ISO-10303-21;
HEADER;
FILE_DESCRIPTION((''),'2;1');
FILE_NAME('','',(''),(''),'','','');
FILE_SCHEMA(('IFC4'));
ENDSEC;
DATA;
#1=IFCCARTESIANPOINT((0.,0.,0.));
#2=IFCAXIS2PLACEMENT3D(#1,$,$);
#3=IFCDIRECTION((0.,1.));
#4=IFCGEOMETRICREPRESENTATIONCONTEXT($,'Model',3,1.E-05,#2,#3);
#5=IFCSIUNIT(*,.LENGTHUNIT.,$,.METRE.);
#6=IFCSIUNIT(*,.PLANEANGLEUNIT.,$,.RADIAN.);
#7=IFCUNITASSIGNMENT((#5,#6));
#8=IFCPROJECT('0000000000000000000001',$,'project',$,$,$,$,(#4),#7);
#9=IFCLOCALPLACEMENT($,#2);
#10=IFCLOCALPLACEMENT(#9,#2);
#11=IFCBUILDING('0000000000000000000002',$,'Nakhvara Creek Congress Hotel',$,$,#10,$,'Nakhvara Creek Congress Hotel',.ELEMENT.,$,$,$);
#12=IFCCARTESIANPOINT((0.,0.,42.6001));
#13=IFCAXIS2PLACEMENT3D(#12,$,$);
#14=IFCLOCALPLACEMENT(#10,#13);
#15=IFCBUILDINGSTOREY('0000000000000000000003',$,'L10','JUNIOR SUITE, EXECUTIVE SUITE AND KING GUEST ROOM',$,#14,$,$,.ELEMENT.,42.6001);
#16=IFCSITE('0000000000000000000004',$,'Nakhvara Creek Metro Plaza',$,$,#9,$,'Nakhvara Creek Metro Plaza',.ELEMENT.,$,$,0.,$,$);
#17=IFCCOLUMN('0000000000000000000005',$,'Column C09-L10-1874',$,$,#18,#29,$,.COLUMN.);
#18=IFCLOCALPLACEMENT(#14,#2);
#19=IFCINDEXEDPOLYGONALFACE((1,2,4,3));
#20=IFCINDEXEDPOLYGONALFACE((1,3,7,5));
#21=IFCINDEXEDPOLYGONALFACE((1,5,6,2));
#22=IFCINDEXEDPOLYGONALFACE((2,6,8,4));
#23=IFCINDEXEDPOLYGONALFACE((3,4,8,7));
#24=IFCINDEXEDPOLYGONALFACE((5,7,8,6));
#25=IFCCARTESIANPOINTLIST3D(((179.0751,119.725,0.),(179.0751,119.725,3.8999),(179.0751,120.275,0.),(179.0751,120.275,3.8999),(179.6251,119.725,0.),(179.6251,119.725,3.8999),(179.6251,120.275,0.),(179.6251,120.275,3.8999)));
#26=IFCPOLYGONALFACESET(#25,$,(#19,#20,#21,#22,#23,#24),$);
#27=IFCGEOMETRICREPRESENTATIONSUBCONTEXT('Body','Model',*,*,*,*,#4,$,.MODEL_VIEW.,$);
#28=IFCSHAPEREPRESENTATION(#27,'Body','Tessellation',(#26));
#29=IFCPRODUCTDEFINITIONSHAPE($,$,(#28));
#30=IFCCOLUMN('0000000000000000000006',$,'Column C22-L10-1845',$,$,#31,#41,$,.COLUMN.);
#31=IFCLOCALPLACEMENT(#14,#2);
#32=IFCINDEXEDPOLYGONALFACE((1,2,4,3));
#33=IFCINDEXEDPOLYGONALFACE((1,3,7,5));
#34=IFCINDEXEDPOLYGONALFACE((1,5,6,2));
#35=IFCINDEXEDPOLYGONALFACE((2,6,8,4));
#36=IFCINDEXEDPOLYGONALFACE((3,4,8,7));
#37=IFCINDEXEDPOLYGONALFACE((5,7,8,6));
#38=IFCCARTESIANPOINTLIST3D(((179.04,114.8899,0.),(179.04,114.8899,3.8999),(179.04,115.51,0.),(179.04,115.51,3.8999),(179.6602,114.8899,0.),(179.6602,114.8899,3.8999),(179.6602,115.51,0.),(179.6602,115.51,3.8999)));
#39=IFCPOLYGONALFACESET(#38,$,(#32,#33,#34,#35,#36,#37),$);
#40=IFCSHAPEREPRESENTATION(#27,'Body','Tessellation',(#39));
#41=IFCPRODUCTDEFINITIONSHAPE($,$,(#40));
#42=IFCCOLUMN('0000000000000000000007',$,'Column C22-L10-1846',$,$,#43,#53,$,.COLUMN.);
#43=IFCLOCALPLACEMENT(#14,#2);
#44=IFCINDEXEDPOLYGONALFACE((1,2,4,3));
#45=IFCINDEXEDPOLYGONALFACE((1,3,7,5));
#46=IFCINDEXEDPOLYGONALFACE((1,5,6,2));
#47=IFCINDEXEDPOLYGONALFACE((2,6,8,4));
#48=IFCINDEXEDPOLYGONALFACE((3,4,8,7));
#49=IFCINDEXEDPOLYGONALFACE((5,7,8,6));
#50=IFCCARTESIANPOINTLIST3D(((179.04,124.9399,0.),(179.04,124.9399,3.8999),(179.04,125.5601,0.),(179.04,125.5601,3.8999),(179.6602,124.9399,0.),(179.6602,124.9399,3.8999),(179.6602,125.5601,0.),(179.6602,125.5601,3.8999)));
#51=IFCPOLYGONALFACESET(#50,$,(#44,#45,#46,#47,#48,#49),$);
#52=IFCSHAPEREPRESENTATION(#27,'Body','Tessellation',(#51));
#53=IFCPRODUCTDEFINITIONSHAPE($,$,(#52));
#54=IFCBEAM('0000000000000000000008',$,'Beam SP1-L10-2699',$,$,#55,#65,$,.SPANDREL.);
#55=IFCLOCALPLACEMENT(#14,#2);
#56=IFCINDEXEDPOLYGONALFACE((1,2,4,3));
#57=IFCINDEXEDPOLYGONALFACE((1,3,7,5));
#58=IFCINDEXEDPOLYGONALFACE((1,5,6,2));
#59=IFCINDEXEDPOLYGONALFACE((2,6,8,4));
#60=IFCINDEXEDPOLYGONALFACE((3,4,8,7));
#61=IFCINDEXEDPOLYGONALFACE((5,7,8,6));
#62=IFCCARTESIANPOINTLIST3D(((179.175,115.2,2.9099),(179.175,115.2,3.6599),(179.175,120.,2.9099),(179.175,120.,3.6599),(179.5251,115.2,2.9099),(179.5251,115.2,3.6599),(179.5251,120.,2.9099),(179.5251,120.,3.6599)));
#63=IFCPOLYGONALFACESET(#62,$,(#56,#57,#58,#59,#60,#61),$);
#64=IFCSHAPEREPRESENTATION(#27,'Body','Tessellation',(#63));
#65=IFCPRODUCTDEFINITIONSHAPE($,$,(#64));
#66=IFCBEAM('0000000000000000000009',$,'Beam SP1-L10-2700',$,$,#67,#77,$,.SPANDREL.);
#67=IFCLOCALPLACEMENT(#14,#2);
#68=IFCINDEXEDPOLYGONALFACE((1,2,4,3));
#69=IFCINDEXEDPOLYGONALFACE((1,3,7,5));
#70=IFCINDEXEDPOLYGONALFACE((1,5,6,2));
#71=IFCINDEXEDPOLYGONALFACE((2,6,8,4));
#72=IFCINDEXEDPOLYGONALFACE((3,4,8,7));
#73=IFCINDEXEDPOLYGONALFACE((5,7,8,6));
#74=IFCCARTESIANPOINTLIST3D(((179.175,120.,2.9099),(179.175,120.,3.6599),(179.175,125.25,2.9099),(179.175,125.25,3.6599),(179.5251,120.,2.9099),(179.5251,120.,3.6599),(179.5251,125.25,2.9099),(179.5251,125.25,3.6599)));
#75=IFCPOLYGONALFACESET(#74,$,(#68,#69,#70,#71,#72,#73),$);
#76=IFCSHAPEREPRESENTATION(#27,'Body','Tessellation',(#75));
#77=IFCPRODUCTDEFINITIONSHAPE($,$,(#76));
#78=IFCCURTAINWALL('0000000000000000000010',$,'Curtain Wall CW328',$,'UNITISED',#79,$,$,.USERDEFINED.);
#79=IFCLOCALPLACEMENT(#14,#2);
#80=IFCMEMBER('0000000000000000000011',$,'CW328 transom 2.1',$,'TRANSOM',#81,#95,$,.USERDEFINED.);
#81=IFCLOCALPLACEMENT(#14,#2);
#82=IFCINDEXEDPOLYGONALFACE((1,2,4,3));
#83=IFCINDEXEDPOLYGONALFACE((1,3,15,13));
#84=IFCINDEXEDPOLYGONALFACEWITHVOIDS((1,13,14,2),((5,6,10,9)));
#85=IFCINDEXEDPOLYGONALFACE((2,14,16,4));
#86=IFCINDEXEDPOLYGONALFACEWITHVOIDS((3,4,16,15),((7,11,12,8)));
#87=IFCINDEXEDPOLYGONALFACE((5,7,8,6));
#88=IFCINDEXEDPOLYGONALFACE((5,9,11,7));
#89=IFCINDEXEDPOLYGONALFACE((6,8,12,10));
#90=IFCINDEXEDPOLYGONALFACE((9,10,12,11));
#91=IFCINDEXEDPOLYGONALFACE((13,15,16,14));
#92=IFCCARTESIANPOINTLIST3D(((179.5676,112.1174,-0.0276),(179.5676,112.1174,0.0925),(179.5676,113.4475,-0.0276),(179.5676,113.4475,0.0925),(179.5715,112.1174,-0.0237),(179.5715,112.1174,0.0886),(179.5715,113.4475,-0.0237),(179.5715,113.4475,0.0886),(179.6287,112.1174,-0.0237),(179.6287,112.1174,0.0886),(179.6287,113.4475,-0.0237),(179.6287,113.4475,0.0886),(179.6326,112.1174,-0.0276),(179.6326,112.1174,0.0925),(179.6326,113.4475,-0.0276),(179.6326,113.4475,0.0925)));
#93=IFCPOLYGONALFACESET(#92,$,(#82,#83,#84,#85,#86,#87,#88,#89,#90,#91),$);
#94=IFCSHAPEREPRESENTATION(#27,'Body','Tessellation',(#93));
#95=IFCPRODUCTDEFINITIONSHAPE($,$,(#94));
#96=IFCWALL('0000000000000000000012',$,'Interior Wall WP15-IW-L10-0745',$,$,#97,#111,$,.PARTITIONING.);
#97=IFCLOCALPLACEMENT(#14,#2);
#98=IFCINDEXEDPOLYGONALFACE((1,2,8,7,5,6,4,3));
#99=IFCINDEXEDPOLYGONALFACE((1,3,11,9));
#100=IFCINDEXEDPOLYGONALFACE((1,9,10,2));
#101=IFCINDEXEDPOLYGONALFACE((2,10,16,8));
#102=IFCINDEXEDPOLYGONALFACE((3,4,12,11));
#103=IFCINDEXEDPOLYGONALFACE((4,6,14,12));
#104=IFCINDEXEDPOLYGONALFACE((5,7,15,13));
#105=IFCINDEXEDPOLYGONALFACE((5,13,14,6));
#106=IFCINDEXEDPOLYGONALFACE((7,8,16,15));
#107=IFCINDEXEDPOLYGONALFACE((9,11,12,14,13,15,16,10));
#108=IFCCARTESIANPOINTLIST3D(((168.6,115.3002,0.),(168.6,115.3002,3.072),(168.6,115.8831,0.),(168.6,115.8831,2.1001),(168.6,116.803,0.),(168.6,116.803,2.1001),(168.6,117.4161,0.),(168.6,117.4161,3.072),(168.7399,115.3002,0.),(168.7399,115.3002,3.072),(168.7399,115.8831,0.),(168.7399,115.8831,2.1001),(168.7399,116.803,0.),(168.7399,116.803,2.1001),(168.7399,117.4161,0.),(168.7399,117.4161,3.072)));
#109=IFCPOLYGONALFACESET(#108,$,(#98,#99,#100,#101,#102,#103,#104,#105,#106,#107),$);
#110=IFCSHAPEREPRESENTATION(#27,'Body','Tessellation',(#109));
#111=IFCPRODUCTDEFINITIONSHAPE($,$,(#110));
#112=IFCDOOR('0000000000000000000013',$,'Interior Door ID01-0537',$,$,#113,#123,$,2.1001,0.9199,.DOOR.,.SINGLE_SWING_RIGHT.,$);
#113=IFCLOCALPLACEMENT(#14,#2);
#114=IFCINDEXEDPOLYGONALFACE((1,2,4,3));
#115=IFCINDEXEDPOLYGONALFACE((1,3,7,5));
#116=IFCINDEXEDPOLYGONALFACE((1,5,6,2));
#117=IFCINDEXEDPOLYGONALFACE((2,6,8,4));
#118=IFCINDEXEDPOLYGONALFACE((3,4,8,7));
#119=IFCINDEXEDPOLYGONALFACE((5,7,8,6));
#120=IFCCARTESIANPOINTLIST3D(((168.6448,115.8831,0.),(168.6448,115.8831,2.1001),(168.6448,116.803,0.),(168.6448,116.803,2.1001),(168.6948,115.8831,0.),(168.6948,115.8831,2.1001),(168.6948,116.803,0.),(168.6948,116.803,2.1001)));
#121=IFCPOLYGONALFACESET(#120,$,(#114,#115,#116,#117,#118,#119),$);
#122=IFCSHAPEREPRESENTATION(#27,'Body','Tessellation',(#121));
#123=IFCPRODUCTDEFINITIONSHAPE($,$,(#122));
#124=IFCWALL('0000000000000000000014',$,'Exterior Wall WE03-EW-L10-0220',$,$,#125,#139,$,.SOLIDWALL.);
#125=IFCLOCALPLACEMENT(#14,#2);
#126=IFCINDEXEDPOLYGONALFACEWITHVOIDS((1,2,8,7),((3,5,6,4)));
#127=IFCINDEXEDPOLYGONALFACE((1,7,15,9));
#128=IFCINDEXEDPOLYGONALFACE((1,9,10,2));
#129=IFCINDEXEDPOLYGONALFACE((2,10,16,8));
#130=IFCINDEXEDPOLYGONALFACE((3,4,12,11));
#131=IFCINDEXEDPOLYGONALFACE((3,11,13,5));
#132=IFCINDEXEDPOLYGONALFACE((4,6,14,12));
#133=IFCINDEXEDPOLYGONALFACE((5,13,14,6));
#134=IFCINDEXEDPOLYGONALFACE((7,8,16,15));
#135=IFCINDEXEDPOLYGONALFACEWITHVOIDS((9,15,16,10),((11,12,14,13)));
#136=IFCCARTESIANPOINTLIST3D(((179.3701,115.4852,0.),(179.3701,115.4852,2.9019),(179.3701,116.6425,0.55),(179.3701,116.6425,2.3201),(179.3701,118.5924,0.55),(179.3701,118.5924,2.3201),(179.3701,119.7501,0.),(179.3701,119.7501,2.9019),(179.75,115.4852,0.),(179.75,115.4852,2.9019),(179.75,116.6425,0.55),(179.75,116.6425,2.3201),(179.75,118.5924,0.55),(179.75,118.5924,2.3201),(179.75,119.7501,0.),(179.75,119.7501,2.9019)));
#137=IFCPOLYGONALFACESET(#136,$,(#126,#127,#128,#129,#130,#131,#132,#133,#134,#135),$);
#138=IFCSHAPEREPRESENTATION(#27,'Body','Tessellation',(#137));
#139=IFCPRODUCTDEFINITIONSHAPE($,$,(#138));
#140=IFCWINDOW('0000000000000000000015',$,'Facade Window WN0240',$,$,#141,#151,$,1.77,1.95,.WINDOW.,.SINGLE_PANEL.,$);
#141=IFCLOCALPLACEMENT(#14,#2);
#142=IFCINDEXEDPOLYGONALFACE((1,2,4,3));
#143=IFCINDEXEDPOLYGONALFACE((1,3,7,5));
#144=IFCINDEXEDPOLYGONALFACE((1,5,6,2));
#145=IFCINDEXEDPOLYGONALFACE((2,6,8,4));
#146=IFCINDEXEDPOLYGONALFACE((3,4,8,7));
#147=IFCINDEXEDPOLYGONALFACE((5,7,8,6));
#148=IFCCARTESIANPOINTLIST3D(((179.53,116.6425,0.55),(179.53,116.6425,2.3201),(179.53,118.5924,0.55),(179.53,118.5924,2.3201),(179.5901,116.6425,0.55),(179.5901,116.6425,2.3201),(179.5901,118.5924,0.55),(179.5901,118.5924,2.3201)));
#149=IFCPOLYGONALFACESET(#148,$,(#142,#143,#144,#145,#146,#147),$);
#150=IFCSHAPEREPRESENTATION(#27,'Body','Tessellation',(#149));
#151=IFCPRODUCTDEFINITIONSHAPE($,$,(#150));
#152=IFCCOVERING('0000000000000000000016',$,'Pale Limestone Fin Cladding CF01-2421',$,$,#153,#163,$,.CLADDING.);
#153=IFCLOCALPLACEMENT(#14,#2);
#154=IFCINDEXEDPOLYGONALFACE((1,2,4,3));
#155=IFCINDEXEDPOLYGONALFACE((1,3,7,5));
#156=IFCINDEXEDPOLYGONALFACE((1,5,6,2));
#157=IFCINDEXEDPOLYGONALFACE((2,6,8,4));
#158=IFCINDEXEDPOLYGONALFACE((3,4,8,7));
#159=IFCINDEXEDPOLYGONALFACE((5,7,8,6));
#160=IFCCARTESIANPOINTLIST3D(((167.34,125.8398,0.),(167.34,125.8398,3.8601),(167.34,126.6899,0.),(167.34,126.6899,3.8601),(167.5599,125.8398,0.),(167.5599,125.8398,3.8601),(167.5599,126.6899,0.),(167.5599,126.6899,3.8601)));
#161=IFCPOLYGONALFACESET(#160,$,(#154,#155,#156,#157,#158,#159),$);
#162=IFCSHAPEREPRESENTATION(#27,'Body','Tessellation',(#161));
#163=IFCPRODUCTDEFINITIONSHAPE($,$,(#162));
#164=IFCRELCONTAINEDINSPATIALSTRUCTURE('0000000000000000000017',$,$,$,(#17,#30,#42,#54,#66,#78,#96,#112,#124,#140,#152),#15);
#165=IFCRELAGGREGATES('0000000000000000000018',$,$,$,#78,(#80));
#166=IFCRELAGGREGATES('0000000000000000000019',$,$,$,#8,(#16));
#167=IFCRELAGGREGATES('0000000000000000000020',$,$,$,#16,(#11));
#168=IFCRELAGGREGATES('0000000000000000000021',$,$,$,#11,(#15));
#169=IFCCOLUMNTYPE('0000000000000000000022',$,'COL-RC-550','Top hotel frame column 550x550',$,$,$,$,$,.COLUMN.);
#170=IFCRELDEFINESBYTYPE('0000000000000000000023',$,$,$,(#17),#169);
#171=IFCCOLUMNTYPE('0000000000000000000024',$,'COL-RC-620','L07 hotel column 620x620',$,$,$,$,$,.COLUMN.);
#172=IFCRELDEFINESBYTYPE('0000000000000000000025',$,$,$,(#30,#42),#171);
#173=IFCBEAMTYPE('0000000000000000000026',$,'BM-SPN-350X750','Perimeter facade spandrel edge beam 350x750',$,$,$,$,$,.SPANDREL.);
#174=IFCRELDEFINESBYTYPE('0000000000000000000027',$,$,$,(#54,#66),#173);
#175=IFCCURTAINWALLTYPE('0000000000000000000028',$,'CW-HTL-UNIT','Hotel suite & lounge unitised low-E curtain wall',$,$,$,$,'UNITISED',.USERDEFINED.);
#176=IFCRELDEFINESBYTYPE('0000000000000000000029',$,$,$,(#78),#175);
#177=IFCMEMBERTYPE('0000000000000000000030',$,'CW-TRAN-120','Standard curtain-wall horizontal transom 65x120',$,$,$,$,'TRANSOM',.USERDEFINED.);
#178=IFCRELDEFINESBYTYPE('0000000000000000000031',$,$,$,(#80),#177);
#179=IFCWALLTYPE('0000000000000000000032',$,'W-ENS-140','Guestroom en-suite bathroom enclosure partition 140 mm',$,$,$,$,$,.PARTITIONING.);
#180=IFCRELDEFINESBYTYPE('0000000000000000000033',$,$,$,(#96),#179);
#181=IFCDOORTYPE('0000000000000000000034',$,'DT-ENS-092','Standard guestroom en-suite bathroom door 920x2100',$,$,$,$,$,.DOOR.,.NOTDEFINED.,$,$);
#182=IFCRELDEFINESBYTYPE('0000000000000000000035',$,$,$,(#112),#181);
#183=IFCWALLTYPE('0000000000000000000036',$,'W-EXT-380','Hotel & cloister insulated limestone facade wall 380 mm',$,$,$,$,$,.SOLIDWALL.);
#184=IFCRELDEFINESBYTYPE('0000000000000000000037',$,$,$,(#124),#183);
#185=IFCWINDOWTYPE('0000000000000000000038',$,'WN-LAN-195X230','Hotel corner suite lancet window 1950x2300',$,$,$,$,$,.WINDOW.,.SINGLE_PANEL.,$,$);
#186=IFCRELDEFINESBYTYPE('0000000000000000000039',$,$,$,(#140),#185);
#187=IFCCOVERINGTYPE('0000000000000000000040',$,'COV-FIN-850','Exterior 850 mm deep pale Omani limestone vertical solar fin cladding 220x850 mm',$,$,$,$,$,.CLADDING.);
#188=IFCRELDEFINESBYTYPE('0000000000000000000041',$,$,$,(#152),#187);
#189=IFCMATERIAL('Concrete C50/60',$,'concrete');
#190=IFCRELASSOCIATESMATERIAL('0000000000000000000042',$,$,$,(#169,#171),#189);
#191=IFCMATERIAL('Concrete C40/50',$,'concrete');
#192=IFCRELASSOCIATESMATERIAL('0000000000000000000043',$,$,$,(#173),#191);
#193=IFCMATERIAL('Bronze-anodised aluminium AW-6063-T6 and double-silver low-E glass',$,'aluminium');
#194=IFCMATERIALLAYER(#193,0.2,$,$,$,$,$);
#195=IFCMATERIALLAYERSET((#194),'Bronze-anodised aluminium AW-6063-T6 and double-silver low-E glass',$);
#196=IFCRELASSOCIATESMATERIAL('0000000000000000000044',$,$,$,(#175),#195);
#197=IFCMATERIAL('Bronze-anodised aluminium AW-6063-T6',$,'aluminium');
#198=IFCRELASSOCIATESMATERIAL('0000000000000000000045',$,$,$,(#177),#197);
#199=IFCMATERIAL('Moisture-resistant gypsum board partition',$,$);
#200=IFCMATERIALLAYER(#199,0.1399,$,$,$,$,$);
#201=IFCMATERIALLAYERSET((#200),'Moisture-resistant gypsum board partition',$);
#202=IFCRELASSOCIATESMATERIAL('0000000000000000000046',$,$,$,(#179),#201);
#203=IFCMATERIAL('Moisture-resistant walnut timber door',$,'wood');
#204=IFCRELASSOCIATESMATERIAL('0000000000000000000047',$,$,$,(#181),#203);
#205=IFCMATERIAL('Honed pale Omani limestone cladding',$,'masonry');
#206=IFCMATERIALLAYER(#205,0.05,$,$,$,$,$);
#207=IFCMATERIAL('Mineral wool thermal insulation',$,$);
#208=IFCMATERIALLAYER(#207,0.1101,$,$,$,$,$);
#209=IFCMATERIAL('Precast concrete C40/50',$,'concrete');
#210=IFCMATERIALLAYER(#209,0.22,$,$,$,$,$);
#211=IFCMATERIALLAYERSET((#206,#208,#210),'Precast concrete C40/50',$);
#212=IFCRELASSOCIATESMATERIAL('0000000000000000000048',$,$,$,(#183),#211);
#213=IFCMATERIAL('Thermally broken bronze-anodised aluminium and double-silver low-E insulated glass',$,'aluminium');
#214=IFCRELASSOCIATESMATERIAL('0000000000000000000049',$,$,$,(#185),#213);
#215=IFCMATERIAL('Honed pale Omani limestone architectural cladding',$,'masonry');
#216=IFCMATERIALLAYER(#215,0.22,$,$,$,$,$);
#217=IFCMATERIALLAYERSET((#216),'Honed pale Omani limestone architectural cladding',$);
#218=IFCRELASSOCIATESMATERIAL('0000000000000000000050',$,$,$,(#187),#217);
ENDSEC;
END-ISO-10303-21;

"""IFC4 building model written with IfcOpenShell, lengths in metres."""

from ifc_helpers import new_model, si_unit, direction, frame, frame_2d, origin, origin_2d, place, context, subcontext, project, spatial, rectangle, hollow_rectangle, extrude, material, layer, layer_set, material_profile, profile_set, type_object, element, fill, aggregate, save


model = new_model("IFC4")

# Units and contexts
model_context = context("Model", 3, precision=1e-05, world=origin(), true_north=direction((0.0, 1.0)))
body_context = subcontext(model_context, "Body", "Model", "MODEL_VIEW")
ifc_project = project(units=[si_unit("LENGTHUNIT", "METRE"), si_unit("PLANEANGLEUNIT", "RADIAN")], contexts=[model_context])

# Site, building, storey
site_placement = place(None, origin())
site = spatial("IfcSite", under=ifc_project, at=site_placement, Name="Nakhvara Creek Metro Plaza", LongName="Nakhvara Creek Metro Plaza", CompositionType="ELEMENT", RefElevation=0.0)
building_placement = place(site_placement, origin())
building = spatial("IfcBuilding", under=site, at=building_placement, Name="Nakhvara Creek Congress Hotel", LongName="Nakhvara Creek Congress Hotel", CompositionType="ELEMENT")
storey_placement = place(building_placement, frame((0.0, 0.0, 42.6001)))
storey = spatial("IfcBuildingStorey", under=building, at=storey_placement, Name="L10", Description="JUNIOR SUITE, EXECUTIVE SUITE AND KING GUEST ROOM", CompositionType="ELEMENT", Elevation=42.6001)

# Columns
ifc_material_1 = material(Name="Concrete C50/60", Category="concrete")
ifc_material_profile_1 = material_profile(ifc_material_1, rectangle(XDim=0.55, YDim=0.55, at=origin_2d()), Name="RC-COL 550x550", Category="LoadBearing")
ifc_profile_set_1 = profile_set([ifc_material_profile_1], Name="Concrete C50/60")
column_type_1 = type_object("IfcColumnType", Name="COL-RC-550", Description="Top hotel frame column 550x550", PredefinedType="COLUMN", material=ifc_profile_set_1)
column_placement = place(storey_placement, frame((179.3501, 120.0, 0.0), z_axis=(0.0, 0.0, 1.0), x_axis=(1.0, 0.0, 0.0)))
element("IfcColumn", 1, at=column_placement, inside=storey, type_object=column_type_1, Name="Column C09-L10-1874", PredefinedType="COLUMN", context=body_context, shape_type="SweptSolid", body=[
    extrude(rectangle(XDim=0.55, YDim=0.55, at=origin_2d()), origin(), (0.0, 0.0, 1.0), 3.8999),
])
ifc_material_profile_2 = material_profile(ifc_material_1, rectangle(XDim=0.6201, YDim=0.6201, at=origin_2d()), Name="RC-COL 620x620", Category="LoadBearing")
ifc_profile_set_2 = profile_set([ifc_material_profile_2], Name="Concrete C50/60")
column_type_2 = type_object("IfcColumnType", Name="COL-RC-620", Description="L07 hotel column 620x620", PredefinedType="COLUMN", material=ifc_profile_set_2)
for number, where, z_axis, x_axis, name in (
    (2, (179.3501, 115.2, 0.0), (0.0, 0.0, 1.0), (1.0, 0.0, 0.0), "Column C22-L10-1845"),
    (3, (179.3501, 125.25, 0.0), (0.0, 0.0, 1.0), (1.0, 0.0, 0.0), "Column C22-L10-1846"),
):
    element("IfcColumn", number, at=place(storey_placement, frame(where, z_axis=z_axis, x_axis=x_axis)), inside=storey, type_object=column_type_2, Name=name, PredefinedType="COLUMN", context=body_context, shape_type="SweptSolid", body=[
        extrude(rectangle(XDim=0.6201, YDim=0.6201, at=origin_2d()), origin(), (0.0, 0.0, 1.0), 3.8999),
    ])

# Beams
ifc_material_2 = material(Name="Concrete C40/50", Category="concrete")
ifc_material_profile_3 = material_profile(ifc_material_2, rectangle(XDim=0.3501, YDim=0.75, at=origin_2d()), Name="RC-SPANDREL 350x750", Category="LoadBearing")
ifc_profile_set_3 = profile_set([ifc_material_profile_3], Name="Concrete C40/50")
beam_type = type_object("IfcBeamType", Name="BM-SPN-350X750", Description="Perimeter facade spandrel edge beam 350x750", PredefinedType="SPANDREL", material=ifc_profile_set_3)
beam_1_placement = place(storey_placement, frame((179.3501, 115.2, 3.2849), z_axis=(0.0, 1.0, 0.0), x_axis=(-1.0, 0.0, 0.0)))
element("IfcBeam", 4, at=beam_1_placement, inside=storey, type_object=beam_type, Name="Beam SP1-L10-2699", PredefinedType="SPANDREL", context=body_context, shape_type="SweptSolid", body=[
    extrude(rectangle(XDim=0.3501, YDim=0.75, at=origin_2d()), origin(), (0.0, 0.0, 1.0), 4.8),
])
beam_2_placement = place(storey_placement, frame((179.3501, 120.0, 3.2849), z_axis=(0.0, 1.0, 0.0), x_axis=(-1.0, 0.0, 0.0)))
element("IfcBeam", 5, at=beam_2_placement, inside=storey, type_object=beam_type, Name="Beam SP1-L10-2700", PredefinedType="SPANDREL", context=body_context, shape_type="SweptSolid", body=[
    extrude(rectangle(XDim=0.3501, YDim=0.75, at=origin_2d()), origin(), (0.0, 0.0, 1.0), 5.25),
])

# Curtain wall, member
ifc_material_3 = material(Name="Bronze-anodised aluminium AW-6063-T6 and double-silver low-E glass", Category="aluminium")
ifc_layer_1 = layer(ifc_material_3, 0.2)
ifc_layer_set_1 = layer_set([ifc_layer_1], Name="Bronze-anodised aluminium AW-6063-T6 and double-silver low-E glass")
curtain_wall_type = type_object("IfcCurtainWallType", Name="CW-HTL-UNIT", Description="Hotel suite & lounge unitised low-E curtain wall", ElementType="UNITISED", PredefinedType="USERDEFINED", material=ifc_layer_set_1)
curtain_wall_placement = place(storey_placement, origin())
curtain_wall = element("IfcCurtainWall", 6, at=curtain_wall_placement, inside=storey, type_object=curtain_wall_type, Name="Curtain Wall CW328", ObjectType="UNITISED", PredefinedType="USERDEFINED")
ifc_material_4 = material(Name="Bronze-anodised aluminium AW-6063-T6", Category="aluminium")
ifc_material_profile_4 = material_profile(ifc_material_4, hollow_rectangle(XDim=0.0649, YDim=0.1201, WallThickness=0.0039, at=origin_2d()), Name="ALU-TRAN 65x120x4", Category="LoadBearing")
ifc_profile_set_4 = profile_set([ifc_material_profile_4], Name="Bronze-anodised aluminium AW-6063-T6")
member_type = type_object("IfcMemberType", Name="CW-TRAN-120", Description="Standard curtain-wall horizontal transom 65x120", ElementType="TRANSOM", PredefinedType="USERDEFINED", material=ifc_profile_set_4)
member_placement = place(storey_placement, frame((179.6001, 113.4475, 0.0325), z_axis=(0.0, -1.0, 0.0), x_axis=(1.0, 0.0, 0.0)))
member = element("IfcMember", 7, at=member_placement, type_object=member_type, Name="CW328 transom 2.1", ObjectType="TRANSOM", PredefinedType="USERDEFINED", context=body_context, shape_type="SweptSolid", body=[
    extrude(hollow_rectangle(XDim=0.0649, YDim=0.1201, WallThickness=0.0039, at=origin_2d()), origin(), (0.0, 0.0, 1.0), 1.3301),
])
aggregate(curtain_wall, [member])

# Wall, opening, door
ifc_material_5 = material(Name="Moisture-resistant gypsum board partition")
ifc_layer_2 = layer(ifc_material_5, 0.1399)
ifc_layer_set_2 = layer_set([ifc_layer_2], Name="Moisture-resistant gypsum board partition")
wall_type_1 = type_object("IfcWallType", Name="W-ENS-140", Description="Guestroom en-suite bathroom enclosure partition 140 mm", PredefinedType="PARTITIONING", material=ifc_layer_set_2)
wall_1_placement = place(storey_placement, frame((168.6699, 115.3, 0.0), z_axis=(0.0, 0.0, 1.0), x_axis=(0.0, 1.0, 0.0)))
wall_1 = element("IfcWall", 8, at=wall_1_placement, inside=storey, type_object=wall_type_1, Name="Interior Wall WP15-IW-L10-0745", PredefinedType="PARTITIONING", context=body_context, shape_type="SweptSolid", body=[
    extrude(rectangle(XDim=2.116, YDim=0.1399, at=frame_2d((1.0581, 0.0))), origin(), (0.0, 0.0, 1.0), 3.072),
])
opening_1_placement = place(wall_1_placement, frame((0.583, 0.0, 0.0)))
opening_1 = element("IfcOpeningElement", 9, at=opening_1_placement, cuts=wall_1, PredefinedType="OPENING", context=body_context, shape_type="SweptSolid", body=[
    extrude(rectangle(XDim=0.9199, YDim=2.1001, at=frame_2d((0.46, 1.05))), frame((0.0, 0.082, 0.0), z_axis=(0.0, -1.0, 0.0), x_axis=(1.0, 0.0, 0.0)), (0.0, 0.0, 1.0), 0.1638),
])
ifc_material_6 = material(Name="Moisture-resistant walnut timber door", Category="wood")
door_type_1 = type_object("IfcDoorType", Name="DT-ENS-092", Description="Standard guestroom en-suite bathroom door 920x2100", OperationType="NOTDEFINED", PredefinedType="DOOR", material=ifc_material_6)
door_1_placement = place(opening_1_placement, frame((0.9199, 0.0, 0.0), z_axis=(0.0, 0.0, 1.0), x_axis=(-1.0, 0.0, 0.0)))
door_1 = element("IfcDoor", 10, at=door_1_placement, inside=storey, type_object=door_type_1, Name="Interior Door ID01-0537", OperationType="SINGLE_SWING_RIGHT", OverallHeight=2.1001, OverallWidth=0.9199, PredefinedType="DOOR", context=body_context, shape_type="SweptSolid", body=[
    extrude(rectangle(XDim=0.9199, YDim=2.1001, at=frame_2d((0.46, 1.05))), frame((0.0, 0.0249, 0.0), z_axis=(0.0, -1.0, 0.0), x_axis=(1.0, 0.0, 0.0)), (0.0, 0.0, 1.0), 0.05),
])
fill(opening_1, door_1)

# Wall, opening, window
ifc_material_7 = material(Name="Honed pale Omani limestone cladding", Category="masonry")
ifc_layer_3 = layer(ifc_material_7, 0.05)
ifc_material_8 = material(Name="Mineral wool thermal insulation")
ifc_layer_4 = layer(ifc_material_8, 0.1101)
ifc_material_9 = material(Name="Precast concrete C40/50", Category="concrete")
ifc_layer_5 = layer(ifc_material_9, 0.22)
ifc_layer_set_3 = layer_set([ifc_layer_3, ifc_layer_4, ifc_layer_5], Name="Precast concrete C40/50")
wall_type_2 = type_object("IfcWallType", Name="W-EXT-380", Description="Hotel & cloister insulated limestone facade wall 380 mm", PredefinedType="SOLIDWALL", material=ifc_layer_set_3)
wall_2_placement = place(storey_placement, frame((179.5601, 119.75, 0.0), z_axis=(0.0, 0.0, 1.0), x_axis=(0.0, -1.0, 0.0)))
wall_2 = element("IfcWall", 11, at=wall_2_placement, inside=storey, type_object=wall_type_2, Name="Exterior Wall WE03-EW-L10-0220", PredefinedType="SOLIDWALL", context=body_context, shape_type="SweptSolid", body=[
    extrude(rectangle(XDim=4.2649, YDim=0.3799, at=frame_2d((2.1323, 0.0))), origin(), (0.0, 0.0, 1.0), 2.9019),
])
opening_2_placement = place(wall_2_placement, frame((1.1575, 0.0, 0.55)))
opening_2 = element("IfcOpeningElement", 12, at=opening_2_placement, cuts=wall_2, PredefinedType="OPENING", context=body_context, shape_type="SweptSolid", body=[
    extrude(rectangle(XDim=1.95, YDim=1.77, at=frame_2d((0.9751, 0.885))), frame((0.0, 0.2019, 0.0), z_axis=(0.0, -1.0, 0.0), x_axis=(1.0, 0.0, 0.0)), (0.0, 0.0, 1.0), 0.4038),
])
ifc_material_10 = material(Name="Thermally broken bronze-anodised aluminium and double-silver low-E insulated glass", Category="aluminium")
window_type = type_object("IfcWindowType", Name="WN-LAN-195X230", Description="Hotel corner suite lancet window 1950x2300", PartitioningType="SINGLE_PANEL", PredefinedType="WINDOW", material=ifc_material_10)
window_placement = place(opening_2_placement, origin())
window = element("IfcWindow", 13, at=window_placement, inside=storey, type_object=window_type, Name="Facade Window WN0240", OverallHeight=1.77, OverallWidth=1.95, PartitioningType="SINGLE_PANEL", PredefinedType="WINDOW", context=body_context, shape_type="SweptSolid", body=[
    extrude(rectangle(XDim=1.95, YDim=1.77, at=frame_2d((0.9751, 0.885))), frame((0.0, 0.03, 0.0), z_axis=(0.0, -1.0, 0.0), x_axis=(1.0, 0.0, 0.0)), (0.0, 0.0, 1.0), 0.0601),
])
fill(opening_2, window)

# Covering
ifc_material_11 = material(Name="Honed pale Omani limestone architectural cladding", Category="masonry")
ifc_layer_6 = layer(ifc_material_11, 0.22)
ifc_layer_set_4 = layer_set([ifc_layer_6], Name="Honed pale Omani limestone architectural cladding")
covering_type = type_object("IfcCoveringType", Name="COV-FIN-850", Description="Exterior 850 mm deep pale Omani limestone vertical solar fin cladding 220x850 mm", PredefinedType="CLADDING", material=ifc_layer_set_4)
for number, where, z_axis, x_axis, name in (
    (14, (167.45, 126.2649, 0.0), (0.0, 0.0, 1.0), (1.0, 0.0, 0.0), "Pale Limestone Fin Cladding CF01-2421"),
):
    element("IfcCovering", number, at=place(storey_placement, frame(where, z_axis=z_axis, x_axis=x_axis)), inside=storey, type_object=covering_type, Name=name, PredefinedType="CLADDING", context=body_context, shape_type="SweptSolid", body=[
        extrude(rectangle(XDim=0.22, YDim=0.8501, at=origin_2d()), origin(), (0.0, 0.0, 1.0), 3.8601),
    ])

save(model, "model.ifc")
